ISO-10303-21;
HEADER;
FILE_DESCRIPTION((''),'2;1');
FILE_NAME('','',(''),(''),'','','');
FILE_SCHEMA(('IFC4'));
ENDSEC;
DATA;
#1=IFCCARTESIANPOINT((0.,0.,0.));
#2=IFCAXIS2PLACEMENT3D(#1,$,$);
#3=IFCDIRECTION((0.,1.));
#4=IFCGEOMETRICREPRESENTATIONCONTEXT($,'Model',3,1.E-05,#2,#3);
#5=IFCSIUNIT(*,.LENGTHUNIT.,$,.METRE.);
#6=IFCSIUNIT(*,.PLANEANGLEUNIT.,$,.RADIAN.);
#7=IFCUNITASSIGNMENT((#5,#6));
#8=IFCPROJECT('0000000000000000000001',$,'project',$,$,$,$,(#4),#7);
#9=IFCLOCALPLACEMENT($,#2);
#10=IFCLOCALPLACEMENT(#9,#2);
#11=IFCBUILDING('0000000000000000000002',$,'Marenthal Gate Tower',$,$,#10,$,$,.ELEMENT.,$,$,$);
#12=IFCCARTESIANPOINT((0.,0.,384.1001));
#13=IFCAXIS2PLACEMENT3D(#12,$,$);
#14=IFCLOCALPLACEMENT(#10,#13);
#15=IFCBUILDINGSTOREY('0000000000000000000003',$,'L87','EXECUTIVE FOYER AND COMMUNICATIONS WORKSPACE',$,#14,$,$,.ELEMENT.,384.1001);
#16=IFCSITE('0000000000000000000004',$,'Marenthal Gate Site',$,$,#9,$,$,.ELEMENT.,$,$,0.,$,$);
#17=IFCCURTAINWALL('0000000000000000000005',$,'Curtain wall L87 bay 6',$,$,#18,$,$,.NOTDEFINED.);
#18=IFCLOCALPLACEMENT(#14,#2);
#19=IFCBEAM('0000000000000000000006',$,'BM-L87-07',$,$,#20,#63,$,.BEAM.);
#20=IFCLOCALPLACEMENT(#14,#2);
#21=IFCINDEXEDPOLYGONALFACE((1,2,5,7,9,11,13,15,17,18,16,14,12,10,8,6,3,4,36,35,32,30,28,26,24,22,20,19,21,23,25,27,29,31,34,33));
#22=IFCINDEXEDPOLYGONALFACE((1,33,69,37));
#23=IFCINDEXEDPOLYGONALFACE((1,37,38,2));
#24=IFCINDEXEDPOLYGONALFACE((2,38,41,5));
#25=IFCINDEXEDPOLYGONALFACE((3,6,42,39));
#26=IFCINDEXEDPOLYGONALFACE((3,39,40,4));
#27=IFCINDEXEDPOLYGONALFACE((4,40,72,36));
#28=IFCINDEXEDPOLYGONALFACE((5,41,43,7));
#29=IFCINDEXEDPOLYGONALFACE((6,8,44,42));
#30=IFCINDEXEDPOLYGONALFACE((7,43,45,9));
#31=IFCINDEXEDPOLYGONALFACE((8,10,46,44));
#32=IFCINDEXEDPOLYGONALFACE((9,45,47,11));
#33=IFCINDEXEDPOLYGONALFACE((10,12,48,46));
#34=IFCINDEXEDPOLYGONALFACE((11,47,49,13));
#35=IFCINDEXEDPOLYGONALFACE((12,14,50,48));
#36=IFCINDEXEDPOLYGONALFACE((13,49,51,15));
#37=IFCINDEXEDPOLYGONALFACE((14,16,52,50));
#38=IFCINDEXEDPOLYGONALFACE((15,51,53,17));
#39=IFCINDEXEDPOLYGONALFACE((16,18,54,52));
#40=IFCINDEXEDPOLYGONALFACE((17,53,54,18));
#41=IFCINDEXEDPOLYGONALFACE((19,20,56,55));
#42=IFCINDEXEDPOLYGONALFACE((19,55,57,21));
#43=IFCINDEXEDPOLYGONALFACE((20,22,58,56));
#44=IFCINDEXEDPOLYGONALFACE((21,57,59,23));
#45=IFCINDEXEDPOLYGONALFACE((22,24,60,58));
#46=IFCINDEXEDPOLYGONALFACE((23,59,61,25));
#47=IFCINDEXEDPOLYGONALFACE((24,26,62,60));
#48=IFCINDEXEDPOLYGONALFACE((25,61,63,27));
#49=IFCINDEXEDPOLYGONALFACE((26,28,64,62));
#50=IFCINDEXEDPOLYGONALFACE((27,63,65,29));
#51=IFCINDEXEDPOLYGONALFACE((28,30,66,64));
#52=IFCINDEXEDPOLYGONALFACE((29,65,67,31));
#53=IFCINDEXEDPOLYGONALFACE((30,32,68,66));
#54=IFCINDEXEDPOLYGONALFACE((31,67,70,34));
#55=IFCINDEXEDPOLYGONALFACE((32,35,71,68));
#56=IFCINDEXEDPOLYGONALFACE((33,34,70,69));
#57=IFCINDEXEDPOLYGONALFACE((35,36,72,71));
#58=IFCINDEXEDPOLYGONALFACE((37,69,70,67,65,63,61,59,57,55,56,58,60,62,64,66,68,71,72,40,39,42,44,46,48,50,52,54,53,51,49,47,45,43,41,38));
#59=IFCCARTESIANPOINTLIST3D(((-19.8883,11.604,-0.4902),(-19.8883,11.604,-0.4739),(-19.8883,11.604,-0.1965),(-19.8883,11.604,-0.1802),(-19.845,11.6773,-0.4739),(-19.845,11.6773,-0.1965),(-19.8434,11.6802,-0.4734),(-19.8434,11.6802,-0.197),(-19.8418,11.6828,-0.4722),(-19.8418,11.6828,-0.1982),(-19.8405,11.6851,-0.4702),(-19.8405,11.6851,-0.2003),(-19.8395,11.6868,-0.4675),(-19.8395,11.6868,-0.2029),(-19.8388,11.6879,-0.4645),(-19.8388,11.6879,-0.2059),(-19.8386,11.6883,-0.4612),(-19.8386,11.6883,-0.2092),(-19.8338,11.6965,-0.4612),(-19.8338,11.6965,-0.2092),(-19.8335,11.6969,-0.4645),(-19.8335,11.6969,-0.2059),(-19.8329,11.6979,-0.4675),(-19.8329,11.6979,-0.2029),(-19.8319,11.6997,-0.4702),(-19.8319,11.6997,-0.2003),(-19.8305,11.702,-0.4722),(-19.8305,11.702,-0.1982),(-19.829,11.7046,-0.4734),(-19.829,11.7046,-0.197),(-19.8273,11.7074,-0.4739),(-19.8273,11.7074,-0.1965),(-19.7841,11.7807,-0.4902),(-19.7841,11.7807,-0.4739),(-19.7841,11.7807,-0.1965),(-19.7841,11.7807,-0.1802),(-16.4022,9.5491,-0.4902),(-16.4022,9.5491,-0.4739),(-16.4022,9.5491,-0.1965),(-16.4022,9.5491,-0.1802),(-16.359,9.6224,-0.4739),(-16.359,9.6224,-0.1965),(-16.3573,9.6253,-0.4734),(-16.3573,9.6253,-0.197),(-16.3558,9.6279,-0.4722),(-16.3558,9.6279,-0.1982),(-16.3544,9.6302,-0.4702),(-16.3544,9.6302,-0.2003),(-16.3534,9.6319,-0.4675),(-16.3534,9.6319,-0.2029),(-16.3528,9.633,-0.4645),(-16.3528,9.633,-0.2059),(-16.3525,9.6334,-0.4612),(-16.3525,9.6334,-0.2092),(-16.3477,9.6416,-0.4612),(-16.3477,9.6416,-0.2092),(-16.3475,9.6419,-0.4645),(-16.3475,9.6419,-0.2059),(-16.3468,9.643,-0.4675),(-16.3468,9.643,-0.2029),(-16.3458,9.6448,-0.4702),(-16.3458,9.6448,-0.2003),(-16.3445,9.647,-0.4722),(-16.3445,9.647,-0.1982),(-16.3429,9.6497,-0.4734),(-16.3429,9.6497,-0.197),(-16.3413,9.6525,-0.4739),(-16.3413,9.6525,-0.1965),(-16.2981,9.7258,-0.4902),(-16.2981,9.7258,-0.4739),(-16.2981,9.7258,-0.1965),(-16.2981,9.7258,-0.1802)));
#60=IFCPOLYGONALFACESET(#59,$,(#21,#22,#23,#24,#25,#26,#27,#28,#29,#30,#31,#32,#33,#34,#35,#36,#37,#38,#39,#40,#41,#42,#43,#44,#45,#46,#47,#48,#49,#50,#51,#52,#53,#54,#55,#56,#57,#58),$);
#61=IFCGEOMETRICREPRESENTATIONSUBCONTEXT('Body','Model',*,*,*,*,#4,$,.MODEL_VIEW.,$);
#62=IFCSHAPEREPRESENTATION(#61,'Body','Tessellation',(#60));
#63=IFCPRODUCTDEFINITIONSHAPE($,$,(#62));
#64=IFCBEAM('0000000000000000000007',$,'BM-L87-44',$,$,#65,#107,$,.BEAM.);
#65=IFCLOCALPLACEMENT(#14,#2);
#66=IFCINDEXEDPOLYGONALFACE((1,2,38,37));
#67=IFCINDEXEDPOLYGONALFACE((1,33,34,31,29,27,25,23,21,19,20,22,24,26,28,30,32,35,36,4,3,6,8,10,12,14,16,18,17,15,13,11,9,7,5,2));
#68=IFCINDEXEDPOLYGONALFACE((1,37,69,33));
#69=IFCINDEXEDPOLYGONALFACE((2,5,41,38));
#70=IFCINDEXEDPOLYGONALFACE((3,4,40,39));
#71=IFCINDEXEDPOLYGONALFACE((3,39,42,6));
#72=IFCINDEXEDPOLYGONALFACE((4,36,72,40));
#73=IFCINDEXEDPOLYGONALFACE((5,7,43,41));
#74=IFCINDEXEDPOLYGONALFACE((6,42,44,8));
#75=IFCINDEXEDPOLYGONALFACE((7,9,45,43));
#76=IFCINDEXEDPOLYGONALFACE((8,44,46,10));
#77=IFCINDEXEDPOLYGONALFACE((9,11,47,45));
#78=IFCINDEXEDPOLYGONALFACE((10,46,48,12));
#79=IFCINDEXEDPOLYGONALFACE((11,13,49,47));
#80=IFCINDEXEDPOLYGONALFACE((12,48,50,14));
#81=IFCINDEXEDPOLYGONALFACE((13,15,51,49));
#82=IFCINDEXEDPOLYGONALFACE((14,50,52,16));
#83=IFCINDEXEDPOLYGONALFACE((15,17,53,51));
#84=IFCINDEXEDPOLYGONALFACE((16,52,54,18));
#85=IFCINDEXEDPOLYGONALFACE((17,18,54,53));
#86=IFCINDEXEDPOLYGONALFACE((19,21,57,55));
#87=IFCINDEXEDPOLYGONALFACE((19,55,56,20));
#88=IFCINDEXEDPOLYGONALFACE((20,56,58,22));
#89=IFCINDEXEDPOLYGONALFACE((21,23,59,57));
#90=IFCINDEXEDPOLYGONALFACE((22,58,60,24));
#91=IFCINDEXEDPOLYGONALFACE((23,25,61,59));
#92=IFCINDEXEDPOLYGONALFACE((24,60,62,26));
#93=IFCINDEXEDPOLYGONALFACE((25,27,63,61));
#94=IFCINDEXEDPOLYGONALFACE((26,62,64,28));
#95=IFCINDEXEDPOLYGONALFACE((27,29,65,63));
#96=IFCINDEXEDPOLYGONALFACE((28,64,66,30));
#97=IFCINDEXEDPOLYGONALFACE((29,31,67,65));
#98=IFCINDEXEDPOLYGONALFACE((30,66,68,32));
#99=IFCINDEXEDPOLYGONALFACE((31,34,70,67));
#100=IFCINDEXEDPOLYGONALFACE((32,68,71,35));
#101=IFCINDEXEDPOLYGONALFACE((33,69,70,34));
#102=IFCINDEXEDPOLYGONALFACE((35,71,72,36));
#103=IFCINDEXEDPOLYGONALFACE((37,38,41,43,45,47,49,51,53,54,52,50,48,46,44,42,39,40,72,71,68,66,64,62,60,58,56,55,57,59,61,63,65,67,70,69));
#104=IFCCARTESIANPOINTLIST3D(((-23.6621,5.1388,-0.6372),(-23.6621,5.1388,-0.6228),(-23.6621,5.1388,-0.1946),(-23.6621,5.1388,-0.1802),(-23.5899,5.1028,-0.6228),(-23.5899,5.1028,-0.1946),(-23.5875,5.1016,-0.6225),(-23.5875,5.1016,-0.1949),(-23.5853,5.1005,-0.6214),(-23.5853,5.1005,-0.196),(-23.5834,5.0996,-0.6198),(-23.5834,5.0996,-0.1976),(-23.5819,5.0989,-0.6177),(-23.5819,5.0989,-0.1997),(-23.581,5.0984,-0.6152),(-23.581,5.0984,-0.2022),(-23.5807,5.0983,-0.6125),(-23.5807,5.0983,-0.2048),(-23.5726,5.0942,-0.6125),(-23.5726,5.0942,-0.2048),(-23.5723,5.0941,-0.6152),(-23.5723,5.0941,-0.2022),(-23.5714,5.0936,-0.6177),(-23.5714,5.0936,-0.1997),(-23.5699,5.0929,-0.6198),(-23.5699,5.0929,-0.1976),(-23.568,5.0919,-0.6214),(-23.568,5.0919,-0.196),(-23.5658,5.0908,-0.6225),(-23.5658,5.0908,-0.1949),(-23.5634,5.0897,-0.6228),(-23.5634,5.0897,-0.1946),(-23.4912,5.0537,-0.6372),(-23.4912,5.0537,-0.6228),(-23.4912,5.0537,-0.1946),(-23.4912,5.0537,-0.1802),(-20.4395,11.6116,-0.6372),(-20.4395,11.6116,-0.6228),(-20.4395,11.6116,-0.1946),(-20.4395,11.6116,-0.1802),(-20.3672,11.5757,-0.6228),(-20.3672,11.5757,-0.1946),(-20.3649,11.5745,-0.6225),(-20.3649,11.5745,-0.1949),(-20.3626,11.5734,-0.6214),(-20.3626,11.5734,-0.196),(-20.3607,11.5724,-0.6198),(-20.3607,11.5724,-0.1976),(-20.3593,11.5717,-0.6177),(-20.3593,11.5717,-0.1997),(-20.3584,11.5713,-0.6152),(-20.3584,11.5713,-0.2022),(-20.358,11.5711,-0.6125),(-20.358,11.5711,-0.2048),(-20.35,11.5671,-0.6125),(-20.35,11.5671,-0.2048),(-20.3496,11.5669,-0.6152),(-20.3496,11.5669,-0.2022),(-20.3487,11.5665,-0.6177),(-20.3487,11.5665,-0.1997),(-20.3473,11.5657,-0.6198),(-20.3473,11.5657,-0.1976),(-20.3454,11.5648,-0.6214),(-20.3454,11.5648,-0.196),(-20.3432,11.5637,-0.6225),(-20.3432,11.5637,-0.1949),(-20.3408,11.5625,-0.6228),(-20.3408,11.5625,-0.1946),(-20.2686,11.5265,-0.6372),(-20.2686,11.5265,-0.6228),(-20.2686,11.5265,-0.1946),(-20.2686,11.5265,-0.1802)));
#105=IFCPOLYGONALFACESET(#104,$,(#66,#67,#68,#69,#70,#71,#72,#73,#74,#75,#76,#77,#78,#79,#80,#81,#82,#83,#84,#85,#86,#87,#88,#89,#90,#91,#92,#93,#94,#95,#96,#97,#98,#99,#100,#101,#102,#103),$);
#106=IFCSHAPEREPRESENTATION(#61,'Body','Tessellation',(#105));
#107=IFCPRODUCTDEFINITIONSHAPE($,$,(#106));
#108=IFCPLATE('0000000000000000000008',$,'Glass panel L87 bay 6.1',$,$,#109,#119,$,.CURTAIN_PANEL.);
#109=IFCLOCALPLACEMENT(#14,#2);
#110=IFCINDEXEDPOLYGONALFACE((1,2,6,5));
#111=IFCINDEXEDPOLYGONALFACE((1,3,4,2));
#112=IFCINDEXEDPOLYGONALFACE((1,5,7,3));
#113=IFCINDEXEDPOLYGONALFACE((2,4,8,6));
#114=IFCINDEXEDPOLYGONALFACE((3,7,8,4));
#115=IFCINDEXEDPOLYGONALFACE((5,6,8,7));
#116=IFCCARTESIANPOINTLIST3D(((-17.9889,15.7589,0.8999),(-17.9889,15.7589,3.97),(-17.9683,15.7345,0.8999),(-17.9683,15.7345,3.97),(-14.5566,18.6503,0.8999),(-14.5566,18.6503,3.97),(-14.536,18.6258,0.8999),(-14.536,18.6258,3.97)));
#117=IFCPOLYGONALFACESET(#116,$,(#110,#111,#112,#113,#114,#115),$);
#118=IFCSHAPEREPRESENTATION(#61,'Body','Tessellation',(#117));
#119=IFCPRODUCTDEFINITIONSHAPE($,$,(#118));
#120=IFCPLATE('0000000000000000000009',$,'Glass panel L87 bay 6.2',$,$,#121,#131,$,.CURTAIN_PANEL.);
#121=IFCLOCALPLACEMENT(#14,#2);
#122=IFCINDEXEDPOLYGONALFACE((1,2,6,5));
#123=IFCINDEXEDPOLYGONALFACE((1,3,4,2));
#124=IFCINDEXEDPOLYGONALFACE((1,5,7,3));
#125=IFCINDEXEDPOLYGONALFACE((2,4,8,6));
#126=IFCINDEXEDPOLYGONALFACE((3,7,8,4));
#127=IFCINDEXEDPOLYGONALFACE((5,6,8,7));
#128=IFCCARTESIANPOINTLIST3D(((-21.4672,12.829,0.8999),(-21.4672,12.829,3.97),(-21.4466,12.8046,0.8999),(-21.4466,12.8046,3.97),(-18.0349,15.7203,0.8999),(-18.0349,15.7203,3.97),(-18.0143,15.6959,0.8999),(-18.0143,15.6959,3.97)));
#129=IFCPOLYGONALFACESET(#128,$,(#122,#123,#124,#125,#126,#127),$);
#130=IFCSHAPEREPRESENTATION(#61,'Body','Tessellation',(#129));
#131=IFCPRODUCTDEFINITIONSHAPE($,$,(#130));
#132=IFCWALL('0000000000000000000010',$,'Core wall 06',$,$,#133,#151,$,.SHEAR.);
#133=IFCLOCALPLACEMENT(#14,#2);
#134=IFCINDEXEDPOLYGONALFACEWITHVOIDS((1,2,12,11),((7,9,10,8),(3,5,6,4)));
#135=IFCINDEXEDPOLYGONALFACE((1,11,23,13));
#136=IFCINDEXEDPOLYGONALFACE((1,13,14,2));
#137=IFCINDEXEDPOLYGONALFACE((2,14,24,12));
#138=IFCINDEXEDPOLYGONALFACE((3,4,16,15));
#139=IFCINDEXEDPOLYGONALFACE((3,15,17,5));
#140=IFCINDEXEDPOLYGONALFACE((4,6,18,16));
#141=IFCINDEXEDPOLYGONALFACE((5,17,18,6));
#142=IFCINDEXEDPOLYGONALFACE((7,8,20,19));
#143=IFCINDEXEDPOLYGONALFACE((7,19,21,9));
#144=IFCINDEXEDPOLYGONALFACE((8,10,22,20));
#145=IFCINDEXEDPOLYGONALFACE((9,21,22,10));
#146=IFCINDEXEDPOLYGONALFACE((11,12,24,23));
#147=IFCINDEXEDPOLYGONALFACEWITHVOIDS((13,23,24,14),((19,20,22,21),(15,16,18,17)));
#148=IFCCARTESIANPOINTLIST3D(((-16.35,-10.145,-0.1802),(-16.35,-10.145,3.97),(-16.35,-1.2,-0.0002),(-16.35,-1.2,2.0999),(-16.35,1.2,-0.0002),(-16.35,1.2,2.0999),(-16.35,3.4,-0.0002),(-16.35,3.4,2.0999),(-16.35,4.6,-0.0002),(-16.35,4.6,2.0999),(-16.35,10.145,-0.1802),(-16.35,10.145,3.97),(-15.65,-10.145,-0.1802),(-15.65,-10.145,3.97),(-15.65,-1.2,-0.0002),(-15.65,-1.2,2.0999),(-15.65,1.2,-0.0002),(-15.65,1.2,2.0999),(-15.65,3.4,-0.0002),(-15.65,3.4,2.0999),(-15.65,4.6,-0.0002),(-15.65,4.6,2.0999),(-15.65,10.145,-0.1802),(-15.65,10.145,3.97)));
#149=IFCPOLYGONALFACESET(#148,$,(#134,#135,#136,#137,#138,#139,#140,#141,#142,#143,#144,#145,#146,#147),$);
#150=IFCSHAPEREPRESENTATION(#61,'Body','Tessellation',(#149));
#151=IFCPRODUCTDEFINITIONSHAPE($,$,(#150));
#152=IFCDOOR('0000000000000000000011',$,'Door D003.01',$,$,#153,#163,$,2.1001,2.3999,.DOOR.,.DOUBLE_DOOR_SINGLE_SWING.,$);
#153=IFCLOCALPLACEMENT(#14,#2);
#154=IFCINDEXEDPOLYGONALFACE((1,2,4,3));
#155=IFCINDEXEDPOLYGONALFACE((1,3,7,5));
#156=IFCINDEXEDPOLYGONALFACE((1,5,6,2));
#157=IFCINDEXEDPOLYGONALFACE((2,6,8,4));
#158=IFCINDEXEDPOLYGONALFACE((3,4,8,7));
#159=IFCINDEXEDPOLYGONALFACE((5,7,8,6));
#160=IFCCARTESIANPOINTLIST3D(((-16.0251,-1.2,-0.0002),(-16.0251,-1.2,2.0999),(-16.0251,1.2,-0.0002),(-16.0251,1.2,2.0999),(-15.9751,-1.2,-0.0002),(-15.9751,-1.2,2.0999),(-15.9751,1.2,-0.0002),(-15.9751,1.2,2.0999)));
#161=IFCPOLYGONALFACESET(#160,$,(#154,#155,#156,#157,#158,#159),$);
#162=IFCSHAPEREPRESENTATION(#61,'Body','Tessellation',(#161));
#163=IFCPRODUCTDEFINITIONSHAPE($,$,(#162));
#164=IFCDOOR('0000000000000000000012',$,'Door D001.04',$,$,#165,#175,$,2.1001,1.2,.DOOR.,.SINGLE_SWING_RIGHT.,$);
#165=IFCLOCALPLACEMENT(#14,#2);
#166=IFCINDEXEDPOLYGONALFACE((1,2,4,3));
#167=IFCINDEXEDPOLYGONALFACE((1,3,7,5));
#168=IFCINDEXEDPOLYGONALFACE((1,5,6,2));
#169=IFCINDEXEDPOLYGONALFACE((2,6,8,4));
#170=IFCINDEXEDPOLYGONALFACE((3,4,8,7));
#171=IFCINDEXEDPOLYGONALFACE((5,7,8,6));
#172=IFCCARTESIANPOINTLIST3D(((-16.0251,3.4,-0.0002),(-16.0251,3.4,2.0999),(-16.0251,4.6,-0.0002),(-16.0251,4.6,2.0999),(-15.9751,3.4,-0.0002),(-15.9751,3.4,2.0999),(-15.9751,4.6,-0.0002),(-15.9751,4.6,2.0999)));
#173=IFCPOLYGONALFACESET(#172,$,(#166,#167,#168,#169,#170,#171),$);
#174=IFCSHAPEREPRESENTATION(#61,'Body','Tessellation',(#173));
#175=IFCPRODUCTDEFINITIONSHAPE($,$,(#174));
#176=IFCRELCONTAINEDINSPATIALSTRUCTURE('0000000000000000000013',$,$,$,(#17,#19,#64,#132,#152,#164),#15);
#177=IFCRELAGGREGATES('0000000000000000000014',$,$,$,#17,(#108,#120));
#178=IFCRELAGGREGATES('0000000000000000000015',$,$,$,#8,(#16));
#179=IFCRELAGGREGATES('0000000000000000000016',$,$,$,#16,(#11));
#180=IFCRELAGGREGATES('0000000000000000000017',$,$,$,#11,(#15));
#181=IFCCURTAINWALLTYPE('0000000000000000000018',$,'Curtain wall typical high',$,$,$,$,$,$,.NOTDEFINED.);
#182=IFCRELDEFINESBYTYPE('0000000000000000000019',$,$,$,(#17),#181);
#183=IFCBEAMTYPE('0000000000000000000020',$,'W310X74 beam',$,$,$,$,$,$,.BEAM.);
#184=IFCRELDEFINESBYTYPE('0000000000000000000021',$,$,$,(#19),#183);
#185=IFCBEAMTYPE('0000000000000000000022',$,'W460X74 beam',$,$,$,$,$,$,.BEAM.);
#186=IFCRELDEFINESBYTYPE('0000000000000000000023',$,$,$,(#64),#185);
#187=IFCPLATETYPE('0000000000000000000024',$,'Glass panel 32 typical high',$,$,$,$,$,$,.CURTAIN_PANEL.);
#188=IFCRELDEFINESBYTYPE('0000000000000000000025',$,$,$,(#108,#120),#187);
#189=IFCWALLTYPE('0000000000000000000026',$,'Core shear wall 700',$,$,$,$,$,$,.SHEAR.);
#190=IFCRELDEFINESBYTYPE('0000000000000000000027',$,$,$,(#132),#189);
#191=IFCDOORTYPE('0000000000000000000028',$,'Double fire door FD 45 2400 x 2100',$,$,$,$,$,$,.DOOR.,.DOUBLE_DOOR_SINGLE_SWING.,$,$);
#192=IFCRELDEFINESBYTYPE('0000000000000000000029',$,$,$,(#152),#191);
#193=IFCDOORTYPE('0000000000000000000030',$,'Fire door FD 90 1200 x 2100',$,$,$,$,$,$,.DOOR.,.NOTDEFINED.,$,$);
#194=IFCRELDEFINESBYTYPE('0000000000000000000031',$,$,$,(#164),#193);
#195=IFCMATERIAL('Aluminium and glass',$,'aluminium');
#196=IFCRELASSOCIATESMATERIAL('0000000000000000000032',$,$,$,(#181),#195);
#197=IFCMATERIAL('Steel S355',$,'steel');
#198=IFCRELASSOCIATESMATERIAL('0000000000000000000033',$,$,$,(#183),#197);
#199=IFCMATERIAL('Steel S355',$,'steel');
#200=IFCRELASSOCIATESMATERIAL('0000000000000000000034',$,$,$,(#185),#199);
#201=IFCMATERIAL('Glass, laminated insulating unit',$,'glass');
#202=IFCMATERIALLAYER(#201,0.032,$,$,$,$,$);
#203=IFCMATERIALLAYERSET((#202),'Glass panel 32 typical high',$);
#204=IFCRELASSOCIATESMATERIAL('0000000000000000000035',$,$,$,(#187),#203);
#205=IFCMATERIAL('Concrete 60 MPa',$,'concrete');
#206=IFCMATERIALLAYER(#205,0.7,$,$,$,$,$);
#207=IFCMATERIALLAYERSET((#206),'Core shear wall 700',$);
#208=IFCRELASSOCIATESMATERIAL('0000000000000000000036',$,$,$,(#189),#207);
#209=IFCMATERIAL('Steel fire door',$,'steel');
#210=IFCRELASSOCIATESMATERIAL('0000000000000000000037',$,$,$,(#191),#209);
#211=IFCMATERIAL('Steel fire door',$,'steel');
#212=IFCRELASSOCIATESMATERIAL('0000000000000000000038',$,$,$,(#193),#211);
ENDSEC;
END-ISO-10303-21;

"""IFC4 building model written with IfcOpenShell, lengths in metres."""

from ifc_helpers import new_model, si_unit, direction, frame, frame_2d, origin, origin_2d, place, context, subcontext, project, spatial, rectangle, i_section, extrude, material, layer, layer_set, material_profile, profile_set, type_object, element, fill, aggregate, save


model = new_model("IFC4")

# Units and contexts
model_context = context("Model", 3, precision=1e-05, world=origin(), true_north=direction((0.0, 1.0)))
body_context = subcontext(model_context, "Body", "Model", "MODEL_VIEW")
ifc_project = project(units=[si_unit("LENGTHUNIT", "METRE"), si_unit("PLANEANGLEUNIT", "RADIAN")], contexts=[model_context])

# Site, building, storey
site_placement = place(None, origin())
site = spatial("IfcSite", under=ifc_project, at=site_placement, Name="Marenthal Gate Site", CompositionType="ELEMENT", RefElevation=0.0)
building_placement = place(site_placement, origin())
building = spatial("IfcBuilding", under=site, at=building_placement, Name="Marenthal Gate Tower", CompositionType="ELEMENT")
storey_placement = place(building_placement, frame((0.0, 0.0, 384.1001)))
storey = spatial("IfcBuildingStorey", under=building, at=storey_placement, Name="L87", Description="EXECUTIVE FOYER AND COMMUNICATIONS WORKSPACE", CompositionType="ELEMENT", Elevation=384.1001)

# Curtain wall
ifc_material_1 = material(Name="Aluminium and glass", Category="aluminium")
curtain_wall_type = type_object("IfcCurtainWallType", Name="Curtain wall typical high", PredefinedType="NOTDEFINED", material=ifc_material_1)
curtain_wall_placement = place(storey_placement, origin())
curtain_wall = element("IfcCurtainWall", 1, at=curtain_wall_placement, inside=storey, type_object=curtain_wall_type, Name="Curtain wall L87 bay 6", PredefinedType="NOTDEFINED")

# Beams
ifc_material_2 = material(Name="Steel S355", Category="steel")
ifc_material_profile_1 = material_profile(ifc_material_2, i_section(OverallWidth=0.2051, OverallDepth=0.3101, WebThickness=0.0095, FlangeThickness=0.0164, FilletRadius=0.0127, at=origin_2d()), Name="W310X74")
ifc_profile_set_1 = profile_set([ifc_material_profile_1], Name="Steel S355")
beam_type_1 = type_object("IfcBeamType", Name="W310X74 beam", PredefinedType="BEAM", material=ifc_profile_set_1)
beam_1_placement = place(storey_placement, frame((-19.8362, 11.6924, -0.3352), z_axis=(0.86147, -0.507808, 0.0), x_axis=(0.507808, 0.86147, 0.0)))
element("IfcBeam", 2, at=beam_1_placement, inside=storey, type_object=beam_type_1, Name="BM-L87-07", PredefinedType="BEAM", context=body_context, shape_type="SweptSolid", body=[
    extrude(i_section(OverallWidth=0.2051, OverallDepth=0.3101, WebThickness=0.0095, FlangeThickness=0.0164, FilletRadius=0.0127, at=origin_2d()), origin(), (0.0, 0.0, 1.0), 4.0466),
])
ifc_material_3 = material(Name="Steel S355", Category="steel")
ifc_material_profile_2 = material_profile(ifc_material_3, i_section(OverallWidth=0.1909, OverallDepth=0.457, WebThickness=0.009, FlangeThickness=0.0144, FilletRadius=0.0103, at=origin_2d()), Name="W460X74")
ifc_profile_set_2 = profile_set([ifc_material_profile_2], Name="Steel S355")
beam_type_2 = type_object("IfcBeamType", Name="W460X74 beam", PredefinedType="BEAM", material=ifc_profile_set_2)
beam_2_placement = place(storey_placement, frame((-20.354, 11.5691, -0.4087), z_axis=(-0.445687, -0.895189, 0.0), x_axis=(0.895189, -0.445687, 0.0)))
element("IfcBeam", 3, at=beam_2_placement, inside=storey, type_object=beam_type_2, Name="BM-L87-44", PredefinedType="BEAM", context=body_context, shape_type="SweptSolid", body=[
    extrude(i_section(OverallWidth=0.1909, OverallDepth=0.457, WebThickness=0.009, FlangeThickness=0.0144, FilletRadius=0.0103, at=origin_2d()), origin(), (0.0, 0.0, 1.0), 7.2307),
])

# Plates
ifc_material_4 = material(Name="Glass, laminated insulating unit", Category="glass")
ifc_layer_1 = layer(ifc_material_4, 0.032)
ifc_layer_set_1 = layer_set([ifc_layer_1], Name="Glass panel 32 typical high")
plate_type = type_object("IfcPlateType", Name="Glass panel 32 typical high", PredefinedType="CURTAIN_PANEL", material=ifc_layer_set_1)
plate_1_placement = place(storey_placement, frame((-16.2625, 17.1924, 0.8999), z_axis=(0.0, 0.0, 1.0), x_axis=(-0.764802, -0.644265, 0.0)))
plate_1 = element("IfcPlate", 4, at=plate_1_placement, type_object=plate_type, Name="Glass panel L87 bay 6.1", PredefinedType="CURTAIN_PANEL", context=body_context, shape_type="SweptSolid", body=[
    extrude(rectangle(XDim=4.4878, YDim=0.032, at=origin_2d()), origin(), (0.0, 0.0, 1.0), 3.0701),
])
plate_2_placement = place(storey_placement, frame((-19.7407, 14.2625, 0.8999), z_axis=(0.0, 0.0, 1.0), x_axis=(-0.764802, -0.644265, 0.0)))
plate_2 = element("IfcPlate", 5, at=plate_2_placement, type_object=plate_type, Name="Glass panel L87 bay 6.2", PredefinedType="CURTAIN_PANEL", context=body_context, shape_type="SweptSolid", body=[
    extrude(rectangle(XDim=4.4878, YDim=0.032, at=origin_2d()), origin(), (0.0, 0.0, 1.0), 3.0701),
])
aggregate(curtain_wall, [plate_1, plate_2])

# Wall, openings, doors
ifc_material_5 = material(Name="Concrete 60 MPa", Category="concrete")
ifc_layer_2 = layer(ifc_material_5, 0.7)
ifc_layer_set_2 = layer_set([ifc_layer_2], Name="Core shear wall 700")
wall_type_1 = type_object("IfcWallType", Name="Core shear wall 700", PredefinedType="SHEAR", material=ifc_layer_set_2)
wall_1_placement = place(storey_placement, frame((-16.0, 10.145, -0.1802), z_axis=(0.0, 0.0, 1.0), x_axis=(0.0, -1.0, 0.0)))
wall_1 = element("IfcWall", 6, at=wall_1_placement, inside=storey, type_object=wall_type_1, Name="Core wall 06", PredefinedType="SHEAR", context=body_context, shape_type="SweptSolid", body=[
    extrude(rectangle(XDim=20.29, YDim=0.7, at=frame_2d((10.145, 0.0))), origin(), (0.0, 0.0, 1.0), 4.1501),
])
opening_1_placement = place(wall_1_placement, frame((8.9451, 0.0, 0.1799)))
opening_1 = element("IfcOpeningElement", 7, at=opening_1_placement, cuts=wall_1, PredefinedType="OPENING", context=body_context, shape_type="SweptSolid", body=[
    extrude(rectangle(XDim=2.3999, YDim=2.1001, at=frame_2d((1.2, 1.05))), frame((0.0, 0.3599, 0.0), z_axis=(0.0, -1.0, 0.0), x_axis=(1.0, 0.0, 0.0)), (0.0, 0.0, 1.0), 0.72),
])
opening_2_placement = place(wall_1_placement, frame((5.5449, 0.0, 0.1799)))
opening_2 = element("IfcOpeningElement", 8, at=opening_2_placement, cuts=wall_1, PredefinedType="OPENING", context=body_context, shape_type="SweptSolid", body=[
    extrude(rectangle(XDim=1.2, YDim=2.1001, at=frame_2d((0.6001, 1.05))), frame((0.0, 0.3599, 0.0), z_axis=(0.0, -1.0, 0.0), x_axis=(1.0, 0.0, 0.0)), (0.0, 0.0, 1.0), 0.72),
])
ifc_material_6 = material(Name="Steel fire door", Category="steel")
door_type_1 = type_object("IfcDoorType", Name="Double fire door FD 45 2400 x 2100", OperationType="DOUBLE_DOOR_SINGLE_SWING", PredefinedType="DOOR", material=ifc_material_6)
door_1_placement = place(opening_1_placement, origin())
door_1 = element("IfcDoor", 9, at=door_1_placement, inside=storey, type_object=door_type_1, Name="Door D003.01", OperationType="DOUBLE_DOOR_SINGLE_SWING", OverallHeight=2.1001, OverallWidth=2.3999, PredefinedType="DOOR", context=body_context, shape_type="SweptSolid", body=[
    extrude(rectangle(XDim=2.3999, YDim=2.1001, at=frame_2d((1.2, 1.05))), frame((0.0, 0.0249, 0.0), z_axis=(0.0, -1.0, 0.0), x_axis=(1.0, 0.0, 0.0)), (0.0, 0.0, 1.0), 0.05),
])
fill(opening_1, door_1)
ifc_material_7 = material(Name="Steel fire door", Category="steel")
door_type_2 = type_object("IfcDoorType", Name="Fire door FD 90 1200 x 2100", OperationType="NOTDEFINED", PredefinedType="DOOR", material=ifc_material_7)
door_2_placement = place(opening_2_placement, origin())
door_2 = element("IfcDoor", 10, at=door_2_placement, inside=storey, type_object=door_type_2, Name="Door D001.04", OperationType="SINGLE_SWING_RIGHT", OverallHeight=2.1001, OverallWidth=1.2, PredefinedType="DOOR", context=body_context, shape_type="SweptSolid", body=[
    extrude(rectangle(XDim=1.2, YDim=2.1001, at=frame_2d((0.6001, 1.05))), frame((0.0, 0.0249, 0.0), z_axis=(0.0, -1.0, 0.0), x_axis=(1.0, 0.0, 0.0)), (0.0, 0.0, 1.0), 0.05),
])
fill(opening_2, door_2)

save(model, "model.ifc")
